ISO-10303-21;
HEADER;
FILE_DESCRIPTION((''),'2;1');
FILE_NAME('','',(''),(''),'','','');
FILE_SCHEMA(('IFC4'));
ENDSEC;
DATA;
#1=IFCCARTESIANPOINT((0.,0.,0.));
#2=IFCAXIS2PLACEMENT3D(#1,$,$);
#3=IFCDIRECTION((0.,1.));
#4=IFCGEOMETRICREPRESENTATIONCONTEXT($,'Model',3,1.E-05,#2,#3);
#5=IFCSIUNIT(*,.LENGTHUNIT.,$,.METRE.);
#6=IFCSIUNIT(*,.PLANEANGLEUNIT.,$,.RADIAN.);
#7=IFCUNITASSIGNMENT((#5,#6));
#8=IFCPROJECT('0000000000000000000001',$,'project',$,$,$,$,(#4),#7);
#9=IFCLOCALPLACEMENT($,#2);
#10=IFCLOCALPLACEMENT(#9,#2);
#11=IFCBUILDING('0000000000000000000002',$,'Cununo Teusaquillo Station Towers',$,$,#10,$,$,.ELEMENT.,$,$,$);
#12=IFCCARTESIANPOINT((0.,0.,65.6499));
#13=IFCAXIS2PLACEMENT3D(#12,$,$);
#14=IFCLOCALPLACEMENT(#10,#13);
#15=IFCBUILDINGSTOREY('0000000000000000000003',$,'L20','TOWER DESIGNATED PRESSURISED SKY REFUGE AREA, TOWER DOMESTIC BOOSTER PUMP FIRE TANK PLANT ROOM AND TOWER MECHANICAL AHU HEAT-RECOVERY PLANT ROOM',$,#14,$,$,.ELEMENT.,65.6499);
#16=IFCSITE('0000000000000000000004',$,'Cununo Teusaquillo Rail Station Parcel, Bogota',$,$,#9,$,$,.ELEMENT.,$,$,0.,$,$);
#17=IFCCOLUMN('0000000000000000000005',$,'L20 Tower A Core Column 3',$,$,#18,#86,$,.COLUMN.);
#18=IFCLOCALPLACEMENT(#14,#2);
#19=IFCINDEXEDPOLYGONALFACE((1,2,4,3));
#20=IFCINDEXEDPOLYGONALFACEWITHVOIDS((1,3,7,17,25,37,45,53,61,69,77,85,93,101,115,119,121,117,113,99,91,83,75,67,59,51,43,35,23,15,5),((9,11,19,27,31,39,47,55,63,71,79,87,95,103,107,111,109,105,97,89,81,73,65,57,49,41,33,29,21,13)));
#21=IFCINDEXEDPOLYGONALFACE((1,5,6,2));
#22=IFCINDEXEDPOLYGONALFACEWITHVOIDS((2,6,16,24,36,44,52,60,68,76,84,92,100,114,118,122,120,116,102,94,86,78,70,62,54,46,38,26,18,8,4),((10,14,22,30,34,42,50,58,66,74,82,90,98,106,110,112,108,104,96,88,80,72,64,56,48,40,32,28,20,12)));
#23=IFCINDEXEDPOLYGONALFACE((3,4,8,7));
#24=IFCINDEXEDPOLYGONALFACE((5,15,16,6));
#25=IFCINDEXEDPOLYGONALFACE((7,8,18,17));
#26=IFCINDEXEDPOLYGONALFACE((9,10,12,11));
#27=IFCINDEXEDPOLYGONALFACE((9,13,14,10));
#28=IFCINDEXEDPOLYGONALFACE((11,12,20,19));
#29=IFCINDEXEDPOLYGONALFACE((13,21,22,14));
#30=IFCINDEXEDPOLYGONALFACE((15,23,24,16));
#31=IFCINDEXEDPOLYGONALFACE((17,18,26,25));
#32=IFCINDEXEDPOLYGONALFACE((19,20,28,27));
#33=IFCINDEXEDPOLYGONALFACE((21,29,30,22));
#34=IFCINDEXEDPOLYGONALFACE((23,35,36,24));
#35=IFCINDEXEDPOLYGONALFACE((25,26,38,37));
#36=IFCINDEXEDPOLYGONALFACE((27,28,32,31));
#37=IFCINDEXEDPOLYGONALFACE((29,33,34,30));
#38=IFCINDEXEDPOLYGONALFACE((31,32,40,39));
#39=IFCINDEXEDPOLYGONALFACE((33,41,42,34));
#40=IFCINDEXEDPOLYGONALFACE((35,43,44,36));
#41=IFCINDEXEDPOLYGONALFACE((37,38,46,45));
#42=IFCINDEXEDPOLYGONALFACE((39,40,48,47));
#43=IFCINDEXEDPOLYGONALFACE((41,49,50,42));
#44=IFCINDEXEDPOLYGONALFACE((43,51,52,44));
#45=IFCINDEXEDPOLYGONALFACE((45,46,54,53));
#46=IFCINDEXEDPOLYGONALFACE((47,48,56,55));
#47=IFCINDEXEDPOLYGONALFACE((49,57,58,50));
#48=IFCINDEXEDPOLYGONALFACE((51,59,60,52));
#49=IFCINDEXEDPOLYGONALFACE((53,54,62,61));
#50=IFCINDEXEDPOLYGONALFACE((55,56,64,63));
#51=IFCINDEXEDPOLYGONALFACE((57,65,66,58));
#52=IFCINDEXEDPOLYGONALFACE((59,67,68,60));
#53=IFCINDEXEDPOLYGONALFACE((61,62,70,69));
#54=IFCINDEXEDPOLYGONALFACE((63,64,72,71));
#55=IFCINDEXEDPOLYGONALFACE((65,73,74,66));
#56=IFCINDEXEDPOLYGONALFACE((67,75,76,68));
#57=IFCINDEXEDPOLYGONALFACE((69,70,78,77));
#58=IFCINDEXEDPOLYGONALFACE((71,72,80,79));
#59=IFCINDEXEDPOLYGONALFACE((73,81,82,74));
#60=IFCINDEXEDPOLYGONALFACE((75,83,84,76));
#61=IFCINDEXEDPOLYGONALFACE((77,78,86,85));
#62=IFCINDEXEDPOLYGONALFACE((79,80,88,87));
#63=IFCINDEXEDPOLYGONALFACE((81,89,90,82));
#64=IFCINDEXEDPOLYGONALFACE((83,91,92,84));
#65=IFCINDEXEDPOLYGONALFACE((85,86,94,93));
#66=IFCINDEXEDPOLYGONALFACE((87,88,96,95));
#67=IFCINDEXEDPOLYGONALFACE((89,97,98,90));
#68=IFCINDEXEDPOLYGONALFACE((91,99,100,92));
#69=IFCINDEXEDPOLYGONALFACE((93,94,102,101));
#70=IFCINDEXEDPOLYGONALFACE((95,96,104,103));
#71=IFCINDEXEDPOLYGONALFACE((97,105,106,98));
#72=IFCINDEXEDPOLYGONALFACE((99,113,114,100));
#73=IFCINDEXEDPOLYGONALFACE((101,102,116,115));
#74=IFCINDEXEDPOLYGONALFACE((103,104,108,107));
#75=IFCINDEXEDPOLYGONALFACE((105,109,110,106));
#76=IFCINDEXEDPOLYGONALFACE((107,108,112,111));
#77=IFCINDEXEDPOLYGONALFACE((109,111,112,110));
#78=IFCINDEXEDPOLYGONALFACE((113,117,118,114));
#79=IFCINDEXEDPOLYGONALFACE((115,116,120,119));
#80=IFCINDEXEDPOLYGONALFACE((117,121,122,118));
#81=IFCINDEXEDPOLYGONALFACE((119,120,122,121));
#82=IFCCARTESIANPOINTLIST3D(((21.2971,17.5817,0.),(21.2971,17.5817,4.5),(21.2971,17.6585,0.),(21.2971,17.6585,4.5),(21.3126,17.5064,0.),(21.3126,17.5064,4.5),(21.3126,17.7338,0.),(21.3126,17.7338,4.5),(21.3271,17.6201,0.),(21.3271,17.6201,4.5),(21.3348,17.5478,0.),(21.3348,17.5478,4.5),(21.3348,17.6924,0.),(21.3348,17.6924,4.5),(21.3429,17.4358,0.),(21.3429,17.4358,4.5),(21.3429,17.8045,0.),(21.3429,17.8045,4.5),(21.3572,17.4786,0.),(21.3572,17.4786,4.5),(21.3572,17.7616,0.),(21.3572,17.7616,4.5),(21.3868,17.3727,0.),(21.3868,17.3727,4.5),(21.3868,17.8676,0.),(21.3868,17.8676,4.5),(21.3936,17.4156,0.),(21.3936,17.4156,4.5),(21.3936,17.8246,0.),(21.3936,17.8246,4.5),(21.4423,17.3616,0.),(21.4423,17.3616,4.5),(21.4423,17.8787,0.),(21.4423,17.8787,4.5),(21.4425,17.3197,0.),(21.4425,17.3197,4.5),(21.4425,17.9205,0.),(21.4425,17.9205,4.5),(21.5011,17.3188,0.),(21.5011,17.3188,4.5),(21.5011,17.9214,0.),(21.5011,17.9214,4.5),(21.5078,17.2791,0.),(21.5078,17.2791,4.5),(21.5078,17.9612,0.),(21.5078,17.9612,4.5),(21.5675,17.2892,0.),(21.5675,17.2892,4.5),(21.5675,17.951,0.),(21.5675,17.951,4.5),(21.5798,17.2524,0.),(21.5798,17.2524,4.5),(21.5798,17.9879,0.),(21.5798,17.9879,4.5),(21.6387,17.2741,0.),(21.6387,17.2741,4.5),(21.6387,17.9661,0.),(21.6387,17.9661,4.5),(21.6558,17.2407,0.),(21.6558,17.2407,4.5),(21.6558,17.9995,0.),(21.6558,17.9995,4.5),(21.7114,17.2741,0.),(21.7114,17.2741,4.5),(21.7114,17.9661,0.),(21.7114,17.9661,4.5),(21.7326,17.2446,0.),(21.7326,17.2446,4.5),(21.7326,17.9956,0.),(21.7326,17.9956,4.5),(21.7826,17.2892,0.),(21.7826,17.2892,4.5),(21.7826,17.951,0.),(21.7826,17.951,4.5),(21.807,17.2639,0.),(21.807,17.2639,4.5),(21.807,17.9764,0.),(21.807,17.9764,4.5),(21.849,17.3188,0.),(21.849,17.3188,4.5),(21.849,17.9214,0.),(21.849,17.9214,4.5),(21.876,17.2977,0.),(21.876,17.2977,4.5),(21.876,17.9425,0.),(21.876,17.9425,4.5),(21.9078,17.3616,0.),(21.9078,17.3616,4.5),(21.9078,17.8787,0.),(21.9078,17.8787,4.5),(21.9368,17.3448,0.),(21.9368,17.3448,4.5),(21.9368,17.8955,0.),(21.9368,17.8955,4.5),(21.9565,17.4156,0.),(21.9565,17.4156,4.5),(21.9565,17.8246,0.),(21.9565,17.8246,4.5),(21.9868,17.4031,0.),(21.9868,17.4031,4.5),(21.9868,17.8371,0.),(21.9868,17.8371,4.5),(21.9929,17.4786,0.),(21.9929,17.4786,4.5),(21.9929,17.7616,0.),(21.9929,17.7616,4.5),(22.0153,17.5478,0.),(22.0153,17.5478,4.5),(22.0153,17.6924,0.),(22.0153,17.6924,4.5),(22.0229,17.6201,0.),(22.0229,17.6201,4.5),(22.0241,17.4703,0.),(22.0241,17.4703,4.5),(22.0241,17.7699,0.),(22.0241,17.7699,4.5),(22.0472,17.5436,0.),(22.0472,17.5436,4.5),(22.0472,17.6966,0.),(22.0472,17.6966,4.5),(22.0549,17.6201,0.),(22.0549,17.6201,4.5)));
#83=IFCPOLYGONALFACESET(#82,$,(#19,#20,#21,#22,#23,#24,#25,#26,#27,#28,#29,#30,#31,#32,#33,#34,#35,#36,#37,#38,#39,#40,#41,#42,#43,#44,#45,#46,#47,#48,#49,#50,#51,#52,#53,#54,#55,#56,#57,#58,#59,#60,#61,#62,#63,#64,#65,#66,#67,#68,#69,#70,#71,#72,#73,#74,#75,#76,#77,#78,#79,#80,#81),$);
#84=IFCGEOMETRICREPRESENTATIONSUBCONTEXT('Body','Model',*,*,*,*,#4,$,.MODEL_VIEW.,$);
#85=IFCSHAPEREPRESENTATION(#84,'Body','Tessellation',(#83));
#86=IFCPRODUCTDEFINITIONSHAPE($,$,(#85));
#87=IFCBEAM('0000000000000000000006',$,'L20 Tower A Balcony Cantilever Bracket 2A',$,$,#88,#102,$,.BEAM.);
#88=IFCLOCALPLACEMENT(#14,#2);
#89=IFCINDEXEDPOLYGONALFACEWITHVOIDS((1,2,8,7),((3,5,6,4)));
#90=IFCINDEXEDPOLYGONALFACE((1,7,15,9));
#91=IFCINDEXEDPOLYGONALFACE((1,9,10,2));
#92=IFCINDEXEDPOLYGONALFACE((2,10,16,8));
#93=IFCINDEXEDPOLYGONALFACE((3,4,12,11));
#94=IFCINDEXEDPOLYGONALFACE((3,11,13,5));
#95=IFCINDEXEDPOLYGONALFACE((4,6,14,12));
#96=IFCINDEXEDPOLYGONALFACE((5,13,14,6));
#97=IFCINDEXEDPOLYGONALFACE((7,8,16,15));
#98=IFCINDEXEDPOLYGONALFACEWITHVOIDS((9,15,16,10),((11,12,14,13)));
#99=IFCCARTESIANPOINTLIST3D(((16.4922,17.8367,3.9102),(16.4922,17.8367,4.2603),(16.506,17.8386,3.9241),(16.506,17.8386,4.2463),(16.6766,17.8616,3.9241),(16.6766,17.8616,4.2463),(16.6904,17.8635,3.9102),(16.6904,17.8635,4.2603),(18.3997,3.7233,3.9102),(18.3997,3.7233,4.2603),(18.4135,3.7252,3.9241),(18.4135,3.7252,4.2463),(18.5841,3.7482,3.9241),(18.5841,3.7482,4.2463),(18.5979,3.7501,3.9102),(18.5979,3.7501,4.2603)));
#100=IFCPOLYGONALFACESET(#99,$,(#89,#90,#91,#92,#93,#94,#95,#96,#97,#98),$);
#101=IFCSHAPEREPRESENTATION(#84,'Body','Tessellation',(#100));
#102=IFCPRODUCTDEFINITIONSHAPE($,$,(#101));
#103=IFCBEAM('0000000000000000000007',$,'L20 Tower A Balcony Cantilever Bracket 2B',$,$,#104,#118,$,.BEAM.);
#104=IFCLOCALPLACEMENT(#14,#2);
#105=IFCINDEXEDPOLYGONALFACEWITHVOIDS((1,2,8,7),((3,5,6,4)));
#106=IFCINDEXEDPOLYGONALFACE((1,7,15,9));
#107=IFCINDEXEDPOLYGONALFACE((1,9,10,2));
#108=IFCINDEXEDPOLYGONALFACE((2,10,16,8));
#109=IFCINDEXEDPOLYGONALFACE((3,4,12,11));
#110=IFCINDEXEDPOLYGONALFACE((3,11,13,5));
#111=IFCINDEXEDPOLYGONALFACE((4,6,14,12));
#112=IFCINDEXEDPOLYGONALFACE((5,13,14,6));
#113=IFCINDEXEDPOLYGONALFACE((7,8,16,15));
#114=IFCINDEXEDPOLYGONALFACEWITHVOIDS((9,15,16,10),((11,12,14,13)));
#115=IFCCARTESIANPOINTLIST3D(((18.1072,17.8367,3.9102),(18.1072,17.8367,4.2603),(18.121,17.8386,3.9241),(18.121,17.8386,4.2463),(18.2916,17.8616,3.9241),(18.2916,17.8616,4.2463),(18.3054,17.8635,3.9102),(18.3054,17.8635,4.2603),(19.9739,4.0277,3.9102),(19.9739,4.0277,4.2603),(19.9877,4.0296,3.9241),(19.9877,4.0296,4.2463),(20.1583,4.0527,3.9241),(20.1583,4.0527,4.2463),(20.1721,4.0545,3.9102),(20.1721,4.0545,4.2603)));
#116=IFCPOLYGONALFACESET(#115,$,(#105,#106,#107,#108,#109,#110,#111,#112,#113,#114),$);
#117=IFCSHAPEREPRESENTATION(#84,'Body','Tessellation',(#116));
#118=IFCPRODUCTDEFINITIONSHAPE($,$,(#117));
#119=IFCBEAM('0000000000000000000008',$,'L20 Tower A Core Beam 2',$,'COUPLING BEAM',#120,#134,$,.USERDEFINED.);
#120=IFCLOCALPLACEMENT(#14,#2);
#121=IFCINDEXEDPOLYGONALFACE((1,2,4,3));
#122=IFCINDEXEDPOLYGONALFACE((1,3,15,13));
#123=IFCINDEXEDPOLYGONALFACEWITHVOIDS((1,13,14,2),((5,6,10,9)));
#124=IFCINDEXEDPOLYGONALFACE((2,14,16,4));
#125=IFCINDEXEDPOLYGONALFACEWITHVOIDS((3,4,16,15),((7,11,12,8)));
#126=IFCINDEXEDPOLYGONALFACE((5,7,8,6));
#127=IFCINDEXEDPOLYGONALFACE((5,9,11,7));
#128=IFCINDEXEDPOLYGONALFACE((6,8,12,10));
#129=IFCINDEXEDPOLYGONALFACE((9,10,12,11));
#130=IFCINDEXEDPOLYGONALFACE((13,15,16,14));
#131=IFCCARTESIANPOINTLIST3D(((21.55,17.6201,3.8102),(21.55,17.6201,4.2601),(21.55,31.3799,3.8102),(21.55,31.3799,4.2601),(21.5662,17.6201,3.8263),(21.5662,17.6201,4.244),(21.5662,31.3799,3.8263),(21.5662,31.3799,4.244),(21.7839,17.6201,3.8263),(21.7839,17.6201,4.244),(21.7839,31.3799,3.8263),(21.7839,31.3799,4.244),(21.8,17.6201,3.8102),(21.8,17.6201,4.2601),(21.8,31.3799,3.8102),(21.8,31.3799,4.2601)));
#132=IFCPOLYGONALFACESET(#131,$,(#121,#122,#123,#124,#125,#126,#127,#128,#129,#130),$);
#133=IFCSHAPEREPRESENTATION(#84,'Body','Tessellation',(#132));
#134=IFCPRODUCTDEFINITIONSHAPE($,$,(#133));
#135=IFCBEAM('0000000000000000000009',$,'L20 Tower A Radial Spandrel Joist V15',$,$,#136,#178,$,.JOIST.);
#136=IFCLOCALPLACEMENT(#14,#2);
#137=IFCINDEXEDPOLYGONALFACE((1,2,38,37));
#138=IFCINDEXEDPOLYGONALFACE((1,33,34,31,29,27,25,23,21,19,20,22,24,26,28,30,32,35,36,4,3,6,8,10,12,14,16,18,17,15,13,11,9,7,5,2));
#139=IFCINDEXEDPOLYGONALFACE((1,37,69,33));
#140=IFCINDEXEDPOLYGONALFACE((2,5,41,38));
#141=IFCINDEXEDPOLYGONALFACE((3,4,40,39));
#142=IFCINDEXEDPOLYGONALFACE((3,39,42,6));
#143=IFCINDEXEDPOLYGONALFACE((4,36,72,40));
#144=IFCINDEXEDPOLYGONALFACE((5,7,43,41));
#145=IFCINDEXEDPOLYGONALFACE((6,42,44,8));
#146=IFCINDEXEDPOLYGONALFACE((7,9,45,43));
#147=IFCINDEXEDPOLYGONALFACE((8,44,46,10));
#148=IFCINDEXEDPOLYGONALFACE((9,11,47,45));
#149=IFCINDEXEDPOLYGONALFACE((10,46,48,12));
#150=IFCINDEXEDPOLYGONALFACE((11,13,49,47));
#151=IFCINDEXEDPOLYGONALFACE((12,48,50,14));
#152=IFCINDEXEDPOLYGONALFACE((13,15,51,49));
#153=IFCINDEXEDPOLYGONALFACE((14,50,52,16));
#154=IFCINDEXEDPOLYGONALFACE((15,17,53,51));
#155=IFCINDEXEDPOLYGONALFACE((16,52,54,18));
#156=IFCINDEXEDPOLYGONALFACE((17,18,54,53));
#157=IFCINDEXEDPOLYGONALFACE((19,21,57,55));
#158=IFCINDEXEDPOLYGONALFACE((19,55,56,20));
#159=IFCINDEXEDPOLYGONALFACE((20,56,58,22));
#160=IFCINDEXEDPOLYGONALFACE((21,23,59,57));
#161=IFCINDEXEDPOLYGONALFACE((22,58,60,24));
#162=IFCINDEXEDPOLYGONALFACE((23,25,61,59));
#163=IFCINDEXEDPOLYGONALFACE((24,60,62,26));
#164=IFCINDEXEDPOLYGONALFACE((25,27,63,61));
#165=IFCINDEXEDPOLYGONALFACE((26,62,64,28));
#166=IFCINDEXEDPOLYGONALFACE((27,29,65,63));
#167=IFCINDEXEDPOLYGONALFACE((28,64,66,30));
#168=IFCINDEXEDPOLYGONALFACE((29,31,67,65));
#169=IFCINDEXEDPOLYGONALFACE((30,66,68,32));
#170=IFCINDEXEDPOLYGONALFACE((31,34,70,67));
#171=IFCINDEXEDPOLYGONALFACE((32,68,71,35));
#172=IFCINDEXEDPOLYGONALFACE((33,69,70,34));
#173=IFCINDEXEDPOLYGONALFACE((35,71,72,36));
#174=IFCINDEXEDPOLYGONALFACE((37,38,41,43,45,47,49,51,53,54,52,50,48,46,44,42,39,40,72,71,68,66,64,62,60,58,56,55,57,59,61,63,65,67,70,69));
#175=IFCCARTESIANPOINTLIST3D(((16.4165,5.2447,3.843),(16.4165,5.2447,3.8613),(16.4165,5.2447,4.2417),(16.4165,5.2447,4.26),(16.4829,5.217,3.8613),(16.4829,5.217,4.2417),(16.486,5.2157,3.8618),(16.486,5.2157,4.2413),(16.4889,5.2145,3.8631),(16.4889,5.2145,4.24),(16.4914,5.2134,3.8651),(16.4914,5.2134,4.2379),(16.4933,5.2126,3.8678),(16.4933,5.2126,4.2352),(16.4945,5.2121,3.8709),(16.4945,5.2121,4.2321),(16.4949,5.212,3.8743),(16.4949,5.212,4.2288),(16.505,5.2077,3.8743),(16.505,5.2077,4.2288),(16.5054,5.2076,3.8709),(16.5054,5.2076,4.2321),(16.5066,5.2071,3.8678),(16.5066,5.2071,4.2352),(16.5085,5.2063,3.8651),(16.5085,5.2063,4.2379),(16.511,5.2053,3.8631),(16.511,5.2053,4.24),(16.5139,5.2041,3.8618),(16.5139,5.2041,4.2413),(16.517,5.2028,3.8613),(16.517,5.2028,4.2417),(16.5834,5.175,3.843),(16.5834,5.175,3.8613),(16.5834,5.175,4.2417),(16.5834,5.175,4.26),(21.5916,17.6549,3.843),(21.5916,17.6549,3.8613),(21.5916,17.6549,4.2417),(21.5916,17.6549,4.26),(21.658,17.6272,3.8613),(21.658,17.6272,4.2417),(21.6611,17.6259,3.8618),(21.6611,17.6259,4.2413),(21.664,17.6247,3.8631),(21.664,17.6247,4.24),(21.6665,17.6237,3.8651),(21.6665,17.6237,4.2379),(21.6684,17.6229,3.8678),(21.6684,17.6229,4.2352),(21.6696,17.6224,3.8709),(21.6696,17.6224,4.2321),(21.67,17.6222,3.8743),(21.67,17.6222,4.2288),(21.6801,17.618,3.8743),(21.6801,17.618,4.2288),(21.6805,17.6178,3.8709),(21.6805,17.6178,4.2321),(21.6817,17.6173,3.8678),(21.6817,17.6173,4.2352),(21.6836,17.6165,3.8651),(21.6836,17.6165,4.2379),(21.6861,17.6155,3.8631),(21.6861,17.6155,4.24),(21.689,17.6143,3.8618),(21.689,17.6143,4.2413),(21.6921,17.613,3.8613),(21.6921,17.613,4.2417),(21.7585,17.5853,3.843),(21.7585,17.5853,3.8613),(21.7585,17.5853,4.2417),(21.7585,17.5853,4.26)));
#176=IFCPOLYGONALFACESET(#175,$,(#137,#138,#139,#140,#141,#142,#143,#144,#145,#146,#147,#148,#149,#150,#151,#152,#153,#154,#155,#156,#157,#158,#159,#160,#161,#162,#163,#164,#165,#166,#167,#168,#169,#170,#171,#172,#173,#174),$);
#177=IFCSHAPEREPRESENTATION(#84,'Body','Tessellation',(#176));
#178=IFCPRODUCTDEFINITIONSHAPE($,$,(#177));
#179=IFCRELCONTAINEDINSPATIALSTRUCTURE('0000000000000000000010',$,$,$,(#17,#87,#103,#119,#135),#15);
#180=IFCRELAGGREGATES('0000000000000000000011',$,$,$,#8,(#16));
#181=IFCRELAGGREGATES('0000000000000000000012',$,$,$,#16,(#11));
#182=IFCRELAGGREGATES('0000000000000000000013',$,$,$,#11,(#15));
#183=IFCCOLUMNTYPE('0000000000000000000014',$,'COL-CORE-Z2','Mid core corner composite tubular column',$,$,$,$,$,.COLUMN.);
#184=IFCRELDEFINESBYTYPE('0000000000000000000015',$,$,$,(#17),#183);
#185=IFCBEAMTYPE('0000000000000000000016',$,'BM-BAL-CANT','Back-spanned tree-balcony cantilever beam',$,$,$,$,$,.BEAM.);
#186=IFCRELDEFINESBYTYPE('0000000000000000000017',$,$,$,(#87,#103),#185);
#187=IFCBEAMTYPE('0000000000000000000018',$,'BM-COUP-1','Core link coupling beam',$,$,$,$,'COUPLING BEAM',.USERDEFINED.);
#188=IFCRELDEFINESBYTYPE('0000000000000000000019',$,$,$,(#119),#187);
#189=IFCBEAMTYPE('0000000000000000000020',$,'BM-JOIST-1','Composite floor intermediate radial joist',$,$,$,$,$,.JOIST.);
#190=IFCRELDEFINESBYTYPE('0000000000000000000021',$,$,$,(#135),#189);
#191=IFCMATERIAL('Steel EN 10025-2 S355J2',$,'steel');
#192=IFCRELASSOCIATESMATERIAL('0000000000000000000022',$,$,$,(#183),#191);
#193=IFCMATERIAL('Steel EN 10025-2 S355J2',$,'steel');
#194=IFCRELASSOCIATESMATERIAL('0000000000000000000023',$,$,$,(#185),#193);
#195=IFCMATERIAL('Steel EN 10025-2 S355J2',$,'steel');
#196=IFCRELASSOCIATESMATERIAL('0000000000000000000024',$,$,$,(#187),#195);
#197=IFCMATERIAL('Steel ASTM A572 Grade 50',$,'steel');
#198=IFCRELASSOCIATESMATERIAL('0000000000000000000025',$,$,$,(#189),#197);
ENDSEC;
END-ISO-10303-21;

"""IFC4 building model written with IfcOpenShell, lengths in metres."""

from ifc_helpers import new_model, si_unit, direction, frame, origin, origin_2d, place, context, subcontext, project, spatial, hollow_rectangle, hollow_circle, i_section, extrude, material, material_profile, profile_set, type_object, element, save


model = new_model("IFC4")

# Units and contexts
model_context = context("Model", 3, precision=1e-05, world=origin(), true_north=direction((0.0, 1.0)))
body_context = subcontext(model_context, "Body", "Model", "MODEL_VIEW")
ifc_project = project(units=[si_unit("LENGTHUNIT", "METRE"), si_unit("PLANEANGLEUNIT", "RADIAN")], contexts=[model_context])

# Site, building, storey
site_placement = place(None, origin())
site = spatial("IfcSite", under=ifc_project, at=site_placement, Name="Cununo Teusaquillo Rail Station Parcel, Bogota", CompositionType="ELEMENT", RefElevation=0.0)
building_placement = place(site_placement, origin())
building = spatial("IfcBuilding", under=site, at=building_placement, Name="Cununo Teusaquillo Station Towers", CompositionType="ELEMENT")
storey_placement = place(building_placement, frame((0.0, 0.0, 65.6499)))
storey = spatial("IfcBuildingStorey", under=building, at=storey_placement, Name="L20", Description="TOWER DESIGNATED PRESSURISED SKY REFUGE AREA, TOWER DOMESTIC BOOSTER PUMP FIRE TANK PLANT ROOM AND TOWER MECHANICAL AHU HEAT-RECOVERY PLANT ROOM", CompositionType="ELEMENT", Elevation=65.6499)

# Column
ifc_material_1 = material(Name="Steel EN 10025-2 S355J2", Category="steel")
ifc_material_profile_1 = material_profile(ifc_material_1, hollow_circle(Radius=0.3799, WallThickness=0.032, at=origin_2d()), Name="CHS 760x32")
ifc_profile_set_1 = profile_set([ifc_material_profile_1], Name="Steel EN 10025-2 S355J2")
column_type = type_object("IfcColumnType", Name="COL-CORE-Z2", Description="Mid core corner composite tubular column", PredefinedType="COLUMN", material=ifc_profile_set_1)
column_placement = place(storey_placement, frame((21.675, 17.6201, 0.0), z_axis=(0.0, 0.0, 1.0), x_axis=(1.0, 0.0, 0.0)))
element("IfcColumn", 1, at=column_placement, inside=storey, type_object=column_type, Name="L20 Tower A Core Column 3", PredefinedType="COLUMN", context=body_context, shape_type="SweptSolid", body=[
    extrude(hollow_circle(Radius=0.3799, WallThickness=0.032, at=origin_2d()), origin(), (0.0, 0.0, 1.0), 4.5),
])

# Beams
ifc_material_2 = material(Name="Steel EN 10025-2 S355J2", Category="steel")
ifc_material_profile_2 = material_profile(ifc_material_2, hollow_rectangle(XDim=0.2, YDim=0.3501, WallThickness=0.0139, at=origin_2d()), Name="RHS 350x200x14")
ifc_profile_set_2 = profile_set([ifc_material_profile_2], Name="Steel EN 10025-2 S355J2")
beam_type_1 = type_object("IfcBeamType", Name="BM-BAL-CANT", Description="Back-spanned tree-balcony cantilever beam", PredefinedType="BEAM", material=ifc_profile_set_2)
beam_1_placement = place(storey_placement, frame((16.5913, 17.8501, 4.0852), z_axis=(0.133937, -0.99099, 0.0), x_axis=(0.99099, 0.133937, 0.0)))
element("IfcBeam", 2, at=beam_1_placement, inside=storey, type_object=beam_type_1, Name="L20 Tower A Balcony Cantilever Bracket 2A", PredefinedType="BEAM", context=body_context, shape_type="SweptSolid", body=[
    extrude(hollow_rectangle(XDim=0.2, YDim=0.3501, WallThickness=0.0139, at=origin_2d()), origin(), (0.0, 0.0, 1.0), 14.2417),
])
beam_2_placement = place(storey_placement, frame((18.2063, 17.8501, 4.0852), z_axis=(0.133961, -0.990987, 0.0), x_axis=(0.990987, 0.133961, 0.0)))
element("IfcBeam", 3, at=beam_2_placement, inside=storey, type_object=beam_type_1, Name="L20 Tower A Balcony Cantilever Bracket 2B", PredefinedType="BEAM", context=body_context, shape_type="SweptSolid", body=[
    extrude(hollow_rectangle(XDim=0.2, YDim=0.3501, WallThickness=0.0139, at=origin_2d()), origin(), (0.0, 0.0, 1.0), 13.9346),
])
ifc_material_3 = material(Name="Steel EN 10025-2 S355J2", Category="steel")
ifc_material_profile_3 = material_profile(ifc_material_3, hollow_rectangle(XDim=0.25, YDim=0.45, WallThickness=0.0161, at=origin_2d()), Name="RHS 450x250x16")
ifc_profile_set_3 = profile_set([ifc_material_profile_3], Name="Steel EN 10025-2 S355J2")
beam_type_2 = type_object("IfcBeamType", Name="BM-COUP-1", Description="Core link coupling beam", ElementType="COUPLING BEAM", PredefinedType="USERDEFINED", material=ifc_profile_set_3)
beam_3_placement = place(storey_placement, frame((21.675, 17.6201, 4.0352), z_axis=(0.0, 1.0, 0.0), x_axis=(-1.0, 0.0, 0.0)))
element("IfcBeam", 4, at=beam_3_placement, inside=storey, type_object=beam_type_2, Name="L20 Tower A Core Beam 2", ObjectType="COUPLING BEAM", PredefinedType="USERDEFINED", context=body_context, shape_type="SweptSolid", body=[
    extrude(hollow_rectangle(XDim=0.25, YDim=0.45, WallThickness=0.0161, at=origin_2d()), origin(), (0.0, 0.0, 1.0), 13.7598),
])
ifc_material_4 = material(Name="Steel ASTM A572 Grade 50", Category="steel")
ifc_material_profile_4 = material_profile(ifc_material_4, i_section(OverallWidth=0.1809, OverallDepth=0.417, WebThickness=0.011, FlangeThickness=0.0183, FilletRadius=0.0129, at=origin_2d()), Name="W16X57")
ifc_profile_set_4 = profile_set([ifc_material_profile_4], Name="Steel ASTM A572 Grade 50")
beam_type_3 = type_object("IfcBeamType", Name="BM-JOIST-1", Description="Composite floor intermediate radial joist", PredefinedType="JOIST", material=ifc_profile_set_4)
beam_4_placement = place(storey_placement, frame((21.675, 17.6201, 4.0515), z_axis=(-0.384878, -0.922967, 0.0), x_axis=(0.922967, -0.384878, 0.0)))
element("IfcBeam", 5, at=beam_4_placement, inside=storey, type_object=beam_type_3, Name="L20 Tower A Radial Spandrel Joist V15", PredefinedType="JOIST", context=body_context, shape_type="SweptSolid", body=[
    extrude(i_section(OverallWidth=0.1809, OverallDepth=0.417, WebThickness=0.011, FlangeThickness=0.0183, FilletRadius=0.0129, at=origin_2d()), origin(), (0.0, 0.0, 1.0), 13.446),
])

save(model, "model.ifc")
